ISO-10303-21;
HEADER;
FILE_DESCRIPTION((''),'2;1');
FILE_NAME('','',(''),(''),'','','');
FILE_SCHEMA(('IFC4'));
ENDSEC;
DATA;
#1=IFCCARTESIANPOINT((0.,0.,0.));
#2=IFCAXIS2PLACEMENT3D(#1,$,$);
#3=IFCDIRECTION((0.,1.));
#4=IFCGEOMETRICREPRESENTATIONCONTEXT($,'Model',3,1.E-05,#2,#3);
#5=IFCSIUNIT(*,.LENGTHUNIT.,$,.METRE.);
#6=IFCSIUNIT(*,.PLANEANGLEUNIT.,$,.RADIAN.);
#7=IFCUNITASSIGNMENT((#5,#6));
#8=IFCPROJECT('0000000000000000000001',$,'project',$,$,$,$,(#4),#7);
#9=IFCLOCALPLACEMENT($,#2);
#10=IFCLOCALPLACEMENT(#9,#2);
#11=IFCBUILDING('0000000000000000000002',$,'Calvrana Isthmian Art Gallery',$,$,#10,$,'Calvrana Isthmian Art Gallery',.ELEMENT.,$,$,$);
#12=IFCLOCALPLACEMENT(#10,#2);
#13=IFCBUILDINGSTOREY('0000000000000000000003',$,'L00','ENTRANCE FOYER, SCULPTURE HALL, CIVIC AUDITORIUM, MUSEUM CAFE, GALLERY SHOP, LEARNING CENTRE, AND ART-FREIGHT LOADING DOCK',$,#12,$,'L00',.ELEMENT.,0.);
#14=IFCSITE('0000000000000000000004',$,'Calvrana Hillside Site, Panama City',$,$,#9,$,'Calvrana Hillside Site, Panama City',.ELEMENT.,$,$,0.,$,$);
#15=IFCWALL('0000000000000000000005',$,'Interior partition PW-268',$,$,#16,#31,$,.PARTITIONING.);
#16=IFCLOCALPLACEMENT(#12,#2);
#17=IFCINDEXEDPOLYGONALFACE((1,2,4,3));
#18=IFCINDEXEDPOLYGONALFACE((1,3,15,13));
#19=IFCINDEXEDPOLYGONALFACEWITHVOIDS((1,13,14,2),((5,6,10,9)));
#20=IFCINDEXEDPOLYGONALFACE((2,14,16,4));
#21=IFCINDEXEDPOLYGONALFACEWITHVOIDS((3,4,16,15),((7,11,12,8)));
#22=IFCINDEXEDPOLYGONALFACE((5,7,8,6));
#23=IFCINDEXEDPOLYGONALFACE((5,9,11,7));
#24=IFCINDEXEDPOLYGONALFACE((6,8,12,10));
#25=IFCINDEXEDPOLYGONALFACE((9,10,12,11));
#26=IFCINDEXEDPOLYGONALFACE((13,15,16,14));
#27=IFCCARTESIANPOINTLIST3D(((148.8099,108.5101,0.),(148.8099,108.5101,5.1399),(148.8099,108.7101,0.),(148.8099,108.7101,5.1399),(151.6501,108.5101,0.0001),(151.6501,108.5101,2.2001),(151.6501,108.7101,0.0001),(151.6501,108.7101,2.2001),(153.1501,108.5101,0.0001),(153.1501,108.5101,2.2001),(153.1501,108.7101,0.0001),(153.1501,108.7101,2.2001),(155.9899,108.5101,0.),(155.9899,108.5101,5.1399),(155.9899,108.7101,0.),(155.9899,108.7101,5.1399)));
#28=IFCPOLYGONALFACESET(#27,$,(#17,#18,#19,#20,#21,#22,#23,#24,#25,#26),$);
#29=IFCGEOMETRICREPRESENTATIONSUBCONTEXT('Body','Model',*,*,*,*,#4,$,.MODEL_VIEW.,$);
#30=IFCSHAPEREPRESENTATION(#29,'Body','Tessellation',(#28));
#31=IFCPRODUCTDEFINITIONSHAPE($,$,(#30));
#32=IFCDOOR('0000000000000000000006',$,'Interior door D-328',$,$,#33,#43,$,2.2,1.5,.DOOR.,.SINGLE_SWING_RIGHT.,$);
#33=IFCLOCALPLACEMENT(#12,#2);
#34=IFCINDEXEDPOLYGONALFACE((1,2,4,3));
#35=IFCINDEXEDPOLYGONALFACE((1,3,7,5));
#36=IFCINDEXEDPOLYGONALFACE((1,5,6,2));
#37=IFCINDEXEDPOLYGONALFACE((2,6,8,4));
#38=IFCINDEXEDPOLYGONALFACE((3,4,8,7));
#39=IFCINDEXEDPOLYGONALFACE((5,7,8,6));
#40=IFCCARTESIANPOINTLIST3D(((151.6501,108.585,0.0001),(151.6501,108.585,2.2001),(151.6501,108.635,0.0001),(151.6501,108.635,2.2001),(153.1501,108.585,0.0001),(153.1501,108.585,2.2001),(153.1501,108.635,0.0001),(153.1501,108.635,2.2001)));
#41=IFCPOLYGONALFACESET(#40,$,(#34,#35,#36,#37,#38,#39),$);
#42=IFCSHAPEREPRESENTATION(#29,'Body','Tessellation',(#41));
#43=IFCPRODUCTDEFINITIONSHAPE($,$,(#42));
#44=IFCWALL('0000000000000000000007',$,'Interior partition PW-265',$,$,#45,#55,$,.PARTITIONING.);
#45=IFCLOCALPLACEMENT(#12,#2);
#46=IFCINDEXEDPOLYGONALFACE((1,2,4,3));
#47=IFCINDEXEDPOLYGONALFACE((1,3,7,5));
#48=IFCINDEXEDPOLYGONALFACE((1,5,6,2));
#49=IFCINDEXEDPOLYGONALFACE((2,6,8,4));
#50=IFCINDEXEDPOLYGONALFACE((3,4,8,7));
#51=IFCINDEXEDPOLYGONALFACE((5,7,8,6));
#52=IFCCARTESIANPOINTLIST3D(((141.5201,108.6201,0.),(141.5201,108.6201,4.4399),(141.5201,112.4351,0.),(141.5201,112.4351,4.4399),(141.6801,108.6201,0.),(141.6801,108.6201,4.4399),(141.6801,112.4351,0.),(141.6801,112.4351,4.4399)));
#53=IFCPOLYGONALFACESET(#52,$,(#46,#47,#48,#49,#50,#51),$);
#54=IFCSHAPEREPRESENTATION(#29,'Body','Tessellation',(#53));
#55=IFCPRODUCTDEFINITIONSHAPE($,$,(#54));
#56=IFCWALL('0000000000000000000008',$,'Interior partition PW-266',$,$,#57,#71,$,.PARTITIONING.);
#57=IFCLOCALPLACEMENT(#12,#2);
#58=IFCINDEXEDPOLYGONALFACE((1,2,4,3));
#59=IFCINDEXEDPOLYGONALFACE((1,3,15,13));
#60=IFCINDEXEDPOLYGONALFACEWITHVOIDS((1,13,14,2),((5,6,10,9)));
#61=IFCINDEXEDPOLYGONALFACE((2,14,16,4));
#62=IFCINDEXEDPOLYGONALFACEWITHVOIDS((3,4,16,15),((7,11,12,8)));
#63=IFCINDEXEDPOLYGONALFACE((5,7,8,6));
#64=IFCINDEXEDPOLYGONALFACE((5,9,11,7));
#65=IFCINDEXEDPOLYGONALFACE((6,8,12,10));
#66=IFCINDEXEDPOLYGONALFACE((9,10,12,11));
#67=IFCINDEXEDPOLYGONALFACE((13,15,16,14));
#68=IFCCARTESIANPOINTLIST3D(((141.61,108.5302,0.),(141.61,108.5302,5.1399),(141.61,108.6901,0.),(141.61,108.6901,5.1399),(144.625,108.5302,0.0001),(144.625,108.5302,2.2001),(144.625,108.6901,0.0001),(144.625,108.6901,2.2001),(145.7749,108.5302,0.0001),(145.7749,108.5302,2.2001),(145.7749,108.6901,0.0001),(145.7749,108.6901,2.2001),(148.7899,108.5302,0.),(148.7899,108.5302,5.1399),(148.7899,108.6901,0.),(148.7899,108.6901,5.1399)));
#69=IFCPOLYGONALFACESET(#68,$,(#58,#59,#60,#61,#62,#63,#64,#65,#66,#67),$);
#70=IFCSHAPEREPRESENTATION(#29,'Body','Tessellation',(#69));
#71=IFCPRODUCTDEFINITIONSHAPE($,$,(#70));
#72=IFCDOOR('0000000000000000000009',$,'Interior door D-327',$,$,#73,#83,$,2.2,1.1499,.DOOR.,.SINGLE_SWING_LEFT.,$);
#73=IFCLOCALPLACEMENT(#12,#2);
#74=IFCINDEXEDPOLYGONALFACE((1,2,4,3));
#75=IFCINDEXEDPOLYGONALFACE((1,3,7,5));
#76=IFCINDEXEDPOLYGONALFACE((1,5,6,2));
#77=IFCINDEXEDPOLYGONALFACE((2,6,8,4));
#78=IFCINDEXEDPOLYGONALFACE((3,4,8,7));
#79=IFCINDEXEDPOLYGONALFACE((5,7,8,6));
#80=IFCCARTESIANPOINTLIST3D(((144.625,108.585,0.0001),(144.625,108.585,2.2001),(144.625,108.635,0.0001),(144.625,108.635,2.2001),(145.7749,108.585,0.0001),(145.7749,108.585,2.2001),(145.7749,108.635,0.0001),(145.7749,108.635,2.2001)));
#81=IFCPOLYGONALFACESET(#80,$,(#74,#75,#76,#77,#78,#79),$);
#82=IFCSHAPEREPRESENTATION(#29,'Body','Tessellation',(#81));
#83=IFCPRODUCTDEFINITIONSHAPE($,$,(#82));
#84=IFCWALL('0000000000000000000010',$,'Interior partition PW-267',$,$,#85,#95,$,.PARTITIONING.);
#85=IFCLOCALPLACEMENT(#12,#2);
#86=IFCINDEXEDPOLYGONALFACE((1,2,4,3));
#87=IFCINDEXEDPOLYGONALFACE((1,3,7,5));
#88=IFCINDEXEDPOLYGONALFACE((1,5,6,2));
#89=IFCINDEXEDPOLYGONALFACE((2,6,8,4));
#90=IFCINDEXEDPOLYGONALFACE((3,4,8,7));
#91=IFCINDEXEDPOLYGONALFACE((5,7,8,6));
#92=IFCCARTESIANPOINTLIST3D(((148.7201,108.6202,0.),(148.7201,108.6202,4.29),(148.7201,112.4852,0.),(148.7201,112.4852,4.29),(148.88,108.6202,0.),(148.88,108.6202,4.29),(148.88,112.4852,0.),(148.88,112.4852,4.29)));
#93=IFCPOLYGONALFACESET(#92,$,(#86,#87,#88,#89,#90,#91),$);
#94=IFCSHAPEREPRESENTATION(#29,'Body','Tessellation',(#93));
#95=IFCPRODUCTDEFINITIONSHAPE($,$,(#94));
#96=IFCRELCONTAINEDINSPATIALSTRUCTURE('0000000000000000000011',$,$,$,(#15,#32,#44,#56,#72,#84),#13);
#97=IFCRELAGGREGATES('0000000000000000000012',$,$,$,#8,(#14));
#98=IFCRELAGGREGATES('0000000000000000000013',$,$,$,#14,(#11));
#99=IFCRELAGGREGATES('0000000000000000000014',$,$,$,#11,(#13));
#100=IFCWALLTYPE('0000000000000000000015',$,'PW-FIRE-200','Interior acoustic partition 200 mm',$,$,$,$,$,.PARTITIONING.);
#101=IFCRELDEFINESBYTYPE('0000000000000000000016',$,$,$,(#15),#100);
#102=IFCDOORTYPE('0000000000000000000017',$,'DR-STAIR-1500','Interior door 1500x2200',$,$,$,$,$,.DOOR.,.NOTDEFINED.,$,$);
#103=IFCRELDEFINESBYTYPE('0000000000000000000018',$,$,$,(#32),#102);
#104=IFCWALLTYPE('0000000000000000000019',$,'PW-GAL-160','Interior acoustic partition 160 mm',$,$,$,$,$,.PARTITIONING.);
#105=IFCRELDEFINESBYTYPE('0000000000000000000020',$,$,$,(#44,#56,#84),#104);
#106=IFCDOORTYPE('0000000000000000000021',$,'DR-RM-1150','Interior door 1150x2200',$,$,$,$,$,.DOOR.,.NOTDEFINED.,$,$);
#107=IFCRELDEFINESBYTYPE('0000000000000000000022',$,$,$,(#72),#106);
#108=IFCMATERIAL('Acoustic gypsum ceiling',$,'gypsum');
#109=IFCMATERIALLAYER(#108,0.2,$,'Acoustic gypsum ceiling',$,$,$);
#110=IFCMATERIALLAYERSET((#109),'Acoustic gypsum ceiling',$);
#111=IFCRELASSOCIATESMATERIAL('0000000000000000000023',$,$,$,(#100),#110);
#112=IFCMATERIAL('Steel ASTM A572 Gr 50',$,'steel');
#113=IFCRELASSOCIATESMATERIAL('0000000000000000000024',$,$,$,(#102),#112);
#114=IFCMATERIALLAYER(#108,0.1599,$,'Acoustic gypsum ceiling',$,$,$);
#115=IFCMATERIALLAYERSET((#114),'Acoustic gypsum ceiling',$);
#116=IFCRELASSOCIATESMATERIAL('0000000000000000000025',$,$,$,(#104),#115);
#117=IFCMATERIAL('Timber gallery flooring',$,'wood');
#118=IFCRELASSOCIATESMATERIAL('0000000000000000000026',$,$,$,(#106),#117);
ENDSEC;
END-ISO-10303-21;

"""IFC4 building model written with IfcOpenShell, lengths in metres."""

from ifc_helpers import new_model, si_unit, direction, frame, frame_2d, origin, place, context, subcontext, project, spatial, rectangle, extrude, material, layer, layer_set, type_object, element, fill, save


model = new_model("IFC4")

# Units and contexts
model_context = context("Model", 3, precision=1e-05, world=origin(), true_north=direction((0.0, 1.0)))
body_context = subcontext(model_context, "Body", "Model", "MODEL_VIEW")
ifc_project = project(units=[si_unit("LENGTHUNIT", "METRE"), si_unit("PLANEANGLEUNIT", "RADIAN")], contexts=[model_context])

# Site, building, storey
site_placement = place(None, origin())
site = spatial("IfcSite", under=ifc_project, at=site_placement, Name="Calvrana Hillside Site, Panama City", LongName="Calvrana Hillside Site, Panama City", CompositionType="ELEMENT", RefElevation=0.0)
building_placement = place(site_placement, origin())
building = spatial("IfcBuilding", under=site, at=building_placement, Name="Calvrana Isthmian Art Gallery", LongName="Calvrana Isthmian Art Gallery", CompositionType="ELEMENT")
storey_placement = place(building_placement, origin())
storey = spatial("IfcBuildingStorey", under=building, at=storey_placement, Name="L00", Description="ENTRANCE FOYER, SCULPTURE HALL, CIVIC AUDITORIUM, MUSEUM CAFE, GALLERY SHOP, LEARNING CENTRE, AND ART-FREIGHT LOADING DOCK", LongName="L00", CompositionType="ELEMENT", Elevation=0.0)

# Shared definitions
ifc_material_1 = material(Name="Steel ASTM A572 Gr 50", Category="steel")

# Wall, opening, door
ifc_material_2 = material(Name="Acoustic gypsum ceiling", Category="gypsum")
ifc_layer_1 = layer(ifc_material_2, 0.2, Name="Acoustic gypsum ceiling")
ifc_layer_set_1 = layer_set([ifc_layer_1], Name="Acoustic gypsum ceiling")
wall_type_1 = type_object("IfcWallType", Name="PW-FIRE-200", Description="Interior acoustic partition 200 mm", PredefinedType="PARTITIONING", material=ifc_layer_set_1)
wall_1_placement = place(storey_placement, frame((148.8101, 108.6101, 0.0), z_axis=(0.0, 0.0, 1.0), x_axis=(1.0, 0.0, 0.0)))
wall_1 = element("IfcWall", 1, at=wall_1_placement, inside=storey, type_object=wall_type_1, Name="Interior partition PW-268", PredefinedType="PARTITIONING", context=body_context, shape_type="SweptSolid", body=[
    extrude(rectangle(XDim=7.1799, YDim=0.2, at=frame_2d((3.5898, 0.0))), origin(), (0.0, 0.0, 1.0), 5.1399),
])
opening_1_placement = place(wall_1_placement, frame((2.8401, 0.0, 0.0)))
opening_1 = element("IfcOpeningElement", 2, at=opening_1_placement, cuts=wall_1, PredefinedType="OPENING", context=body_context, shape_type="SweptSolid", body=[
    extrude(rectangle(XDim=1.5, YDim=2.2, at=frame_2d((0.75, 1.1001))), frame((0.0, 0.1104, 0.0), z_axis=(0.0, -1.0, 0.0), x_axis=(1.0, 0.0, 0.0)), (0.0, 0.0, 1.0), 0.2205),
])
door_type_1 = type_object("IfcDoorType", Name="DR-STAIR-1500", Description="Interior door 1500x2200", OperationType="NOTDEFINED", PredefinedType="DOOR", material=ifc_material_1)
door_1_placement = place(opening_1_placement, origin())
door_1 = element("IfcDoor", 3, at=door_1_placement, inside=storey, type_object=door_type_1, Name="Interior door D-328", OperationType="SINGLE_SWING_RIGHT", OverallHeight=2.2, OverallWidth=1.5, PredefinedType="DOOR", context=body_context, shape_type="SweptSolid", body=[
    extrude(rectangle(XDim=1.5, YDim=2.2, at=frame_2d((0.75, 1.1001))), frame((0.0, 0.0249, 0.0), z_axis=(0.0, -1.0, 0.0), x_axis=(1.0, 0.0, 0.0)), (0.0, 0.0, 1.0), 0.05),
])
fill(opening_1, door_1)

# Wall
ifc_layer_2 = layer(ifc_material_2, 0.1599, Name="Acoustic gypsum ceiling")
ifc_layer_set_2 = layer_set([ifc_layer_2], Name="Acoustic gypsum ceiling")
wall_type_2 = type_object("IfcWallType", Name="PW-GAL-160", Description="Interior acoustic partition 160 mm", PredefinedType="PARTITIONING", material=ifc_layer_set_2)
wall_2_placement = place(storey_placement, frame((141.6001, 108.6201, 0.0), z_axis=(0.0, 0.0, 1.0), x_axis=(0.0, 1.0, 0.0)))
element("IfcWall", 4, at=wall_2_placement, inside=storey, type_object=wall_type_2, Name="Interior partition PW-265", PredefinedType="PARTITIONING", context=body_context, shape_type="SweptSolid", body=[
    extrude(rectangle(XDim=3.8149, YDim=0.1599, at=frame_2d((1.9075, 0.0))), origin(), (0.0, 0.0, 1.0), 4.4399),
])

# Wall, opening, door
wall_3_placement = place(storey_placement, frame((141.6101, 108.6101, 0.0), z_axis=(0.0, 0.0, 1.0), x_axis=(1.0, 0.0, 0.0)))
wall_3 = element("IfcWall", 5, at=wall_3_placement, inside=storey, type_object=wall_type_2, Name="Interior partition PW-266", PredefinedType="PARTITIONING", context=body_context, shape_type="SweptSolid", body=[
    extrude(rectangle(XDim=7.1799, YDim=0.1599, at=frame_2d((3.5898, 0.0))), origin(), (0.0, 0.0, 1.0), 5.1399),
])
opening_2_placement = place(wall_3_placement, frame((3.0149, 0.0, 0.0)))
opening_2 = element("IfcOpeningElement", 6, at=opening_2_placement, cuts=wall_3, PredefinedType="OPENING", context=body_context, shape_type="SweptSolid", body=[
    extrude(rectangle(XDim=1.1499, YDim=2.2, at=frame_2d((0.575, 1.1001))), frame((0.0, 0.0903, 0.0), z_axis=(0.0, -1.0, 0.0), x_axis=(1.0, 0.0, 0.0)), (0.0, 0.0, 1.0), 0.1804),
])
ifc_material_3 = material(Name="Timber gallery flooring", Category="wood")
door_type_2 = type_object("IfcDoorType", Name="DR-RM-1150", Description="Interior door 1150x2200", OperationType="NOTDEFINED", PredefinedType="DOOR", material=ifc_material_3)
door_2_placement = place(opening_2_placement, origin())
door_2 = element("IfcDoor", 7, at=door_2_placement, inside=storey, type_object=door_type_2, Name="Interior door D-327", OperationType="SINGLE_SWING_LEFT", OverallHeight=2.2, OverallWidth=1.1499, PredefinedType="DOOR", context=body_context, shape_type="SweptSolid", body=[
    extrude(rectangle(XDim=1.1499, YDim=2.2, at=frame_2d((0.575, 1.1001))), frame((0.0, 0.0249, 0.0), z_axis=(0.0, -1.0, 0.0), x_axis=(1.0, 0.0, 0.0)), (0.0, 0.0, 1.0), 0.05),
])
fill(opening_2, door_2)

# Wall
wall_4_placement = place(storey_placement, frame((148.8, 108.6201, 0.0), z_axis=(0.0, 0.0, 1.0), x_axis=(0.0, 1.0, 0.0)))
element("IfcWall", 8, at=wall_4_placement, inside=storey, type_object=wall_type_2, Name="Interior partition PW-267", PredefinedType="PARTITIONING", context=body_context, shape_type="SweptSolid", body=[
    extrude(rectangle(XDim=3.865, YDim=0.1599, at=frame_2d((1.9326, 0.0))), origin(), (0.0, 0.0, 1.0), 4.29),
])

save(model, "model.ifc")
